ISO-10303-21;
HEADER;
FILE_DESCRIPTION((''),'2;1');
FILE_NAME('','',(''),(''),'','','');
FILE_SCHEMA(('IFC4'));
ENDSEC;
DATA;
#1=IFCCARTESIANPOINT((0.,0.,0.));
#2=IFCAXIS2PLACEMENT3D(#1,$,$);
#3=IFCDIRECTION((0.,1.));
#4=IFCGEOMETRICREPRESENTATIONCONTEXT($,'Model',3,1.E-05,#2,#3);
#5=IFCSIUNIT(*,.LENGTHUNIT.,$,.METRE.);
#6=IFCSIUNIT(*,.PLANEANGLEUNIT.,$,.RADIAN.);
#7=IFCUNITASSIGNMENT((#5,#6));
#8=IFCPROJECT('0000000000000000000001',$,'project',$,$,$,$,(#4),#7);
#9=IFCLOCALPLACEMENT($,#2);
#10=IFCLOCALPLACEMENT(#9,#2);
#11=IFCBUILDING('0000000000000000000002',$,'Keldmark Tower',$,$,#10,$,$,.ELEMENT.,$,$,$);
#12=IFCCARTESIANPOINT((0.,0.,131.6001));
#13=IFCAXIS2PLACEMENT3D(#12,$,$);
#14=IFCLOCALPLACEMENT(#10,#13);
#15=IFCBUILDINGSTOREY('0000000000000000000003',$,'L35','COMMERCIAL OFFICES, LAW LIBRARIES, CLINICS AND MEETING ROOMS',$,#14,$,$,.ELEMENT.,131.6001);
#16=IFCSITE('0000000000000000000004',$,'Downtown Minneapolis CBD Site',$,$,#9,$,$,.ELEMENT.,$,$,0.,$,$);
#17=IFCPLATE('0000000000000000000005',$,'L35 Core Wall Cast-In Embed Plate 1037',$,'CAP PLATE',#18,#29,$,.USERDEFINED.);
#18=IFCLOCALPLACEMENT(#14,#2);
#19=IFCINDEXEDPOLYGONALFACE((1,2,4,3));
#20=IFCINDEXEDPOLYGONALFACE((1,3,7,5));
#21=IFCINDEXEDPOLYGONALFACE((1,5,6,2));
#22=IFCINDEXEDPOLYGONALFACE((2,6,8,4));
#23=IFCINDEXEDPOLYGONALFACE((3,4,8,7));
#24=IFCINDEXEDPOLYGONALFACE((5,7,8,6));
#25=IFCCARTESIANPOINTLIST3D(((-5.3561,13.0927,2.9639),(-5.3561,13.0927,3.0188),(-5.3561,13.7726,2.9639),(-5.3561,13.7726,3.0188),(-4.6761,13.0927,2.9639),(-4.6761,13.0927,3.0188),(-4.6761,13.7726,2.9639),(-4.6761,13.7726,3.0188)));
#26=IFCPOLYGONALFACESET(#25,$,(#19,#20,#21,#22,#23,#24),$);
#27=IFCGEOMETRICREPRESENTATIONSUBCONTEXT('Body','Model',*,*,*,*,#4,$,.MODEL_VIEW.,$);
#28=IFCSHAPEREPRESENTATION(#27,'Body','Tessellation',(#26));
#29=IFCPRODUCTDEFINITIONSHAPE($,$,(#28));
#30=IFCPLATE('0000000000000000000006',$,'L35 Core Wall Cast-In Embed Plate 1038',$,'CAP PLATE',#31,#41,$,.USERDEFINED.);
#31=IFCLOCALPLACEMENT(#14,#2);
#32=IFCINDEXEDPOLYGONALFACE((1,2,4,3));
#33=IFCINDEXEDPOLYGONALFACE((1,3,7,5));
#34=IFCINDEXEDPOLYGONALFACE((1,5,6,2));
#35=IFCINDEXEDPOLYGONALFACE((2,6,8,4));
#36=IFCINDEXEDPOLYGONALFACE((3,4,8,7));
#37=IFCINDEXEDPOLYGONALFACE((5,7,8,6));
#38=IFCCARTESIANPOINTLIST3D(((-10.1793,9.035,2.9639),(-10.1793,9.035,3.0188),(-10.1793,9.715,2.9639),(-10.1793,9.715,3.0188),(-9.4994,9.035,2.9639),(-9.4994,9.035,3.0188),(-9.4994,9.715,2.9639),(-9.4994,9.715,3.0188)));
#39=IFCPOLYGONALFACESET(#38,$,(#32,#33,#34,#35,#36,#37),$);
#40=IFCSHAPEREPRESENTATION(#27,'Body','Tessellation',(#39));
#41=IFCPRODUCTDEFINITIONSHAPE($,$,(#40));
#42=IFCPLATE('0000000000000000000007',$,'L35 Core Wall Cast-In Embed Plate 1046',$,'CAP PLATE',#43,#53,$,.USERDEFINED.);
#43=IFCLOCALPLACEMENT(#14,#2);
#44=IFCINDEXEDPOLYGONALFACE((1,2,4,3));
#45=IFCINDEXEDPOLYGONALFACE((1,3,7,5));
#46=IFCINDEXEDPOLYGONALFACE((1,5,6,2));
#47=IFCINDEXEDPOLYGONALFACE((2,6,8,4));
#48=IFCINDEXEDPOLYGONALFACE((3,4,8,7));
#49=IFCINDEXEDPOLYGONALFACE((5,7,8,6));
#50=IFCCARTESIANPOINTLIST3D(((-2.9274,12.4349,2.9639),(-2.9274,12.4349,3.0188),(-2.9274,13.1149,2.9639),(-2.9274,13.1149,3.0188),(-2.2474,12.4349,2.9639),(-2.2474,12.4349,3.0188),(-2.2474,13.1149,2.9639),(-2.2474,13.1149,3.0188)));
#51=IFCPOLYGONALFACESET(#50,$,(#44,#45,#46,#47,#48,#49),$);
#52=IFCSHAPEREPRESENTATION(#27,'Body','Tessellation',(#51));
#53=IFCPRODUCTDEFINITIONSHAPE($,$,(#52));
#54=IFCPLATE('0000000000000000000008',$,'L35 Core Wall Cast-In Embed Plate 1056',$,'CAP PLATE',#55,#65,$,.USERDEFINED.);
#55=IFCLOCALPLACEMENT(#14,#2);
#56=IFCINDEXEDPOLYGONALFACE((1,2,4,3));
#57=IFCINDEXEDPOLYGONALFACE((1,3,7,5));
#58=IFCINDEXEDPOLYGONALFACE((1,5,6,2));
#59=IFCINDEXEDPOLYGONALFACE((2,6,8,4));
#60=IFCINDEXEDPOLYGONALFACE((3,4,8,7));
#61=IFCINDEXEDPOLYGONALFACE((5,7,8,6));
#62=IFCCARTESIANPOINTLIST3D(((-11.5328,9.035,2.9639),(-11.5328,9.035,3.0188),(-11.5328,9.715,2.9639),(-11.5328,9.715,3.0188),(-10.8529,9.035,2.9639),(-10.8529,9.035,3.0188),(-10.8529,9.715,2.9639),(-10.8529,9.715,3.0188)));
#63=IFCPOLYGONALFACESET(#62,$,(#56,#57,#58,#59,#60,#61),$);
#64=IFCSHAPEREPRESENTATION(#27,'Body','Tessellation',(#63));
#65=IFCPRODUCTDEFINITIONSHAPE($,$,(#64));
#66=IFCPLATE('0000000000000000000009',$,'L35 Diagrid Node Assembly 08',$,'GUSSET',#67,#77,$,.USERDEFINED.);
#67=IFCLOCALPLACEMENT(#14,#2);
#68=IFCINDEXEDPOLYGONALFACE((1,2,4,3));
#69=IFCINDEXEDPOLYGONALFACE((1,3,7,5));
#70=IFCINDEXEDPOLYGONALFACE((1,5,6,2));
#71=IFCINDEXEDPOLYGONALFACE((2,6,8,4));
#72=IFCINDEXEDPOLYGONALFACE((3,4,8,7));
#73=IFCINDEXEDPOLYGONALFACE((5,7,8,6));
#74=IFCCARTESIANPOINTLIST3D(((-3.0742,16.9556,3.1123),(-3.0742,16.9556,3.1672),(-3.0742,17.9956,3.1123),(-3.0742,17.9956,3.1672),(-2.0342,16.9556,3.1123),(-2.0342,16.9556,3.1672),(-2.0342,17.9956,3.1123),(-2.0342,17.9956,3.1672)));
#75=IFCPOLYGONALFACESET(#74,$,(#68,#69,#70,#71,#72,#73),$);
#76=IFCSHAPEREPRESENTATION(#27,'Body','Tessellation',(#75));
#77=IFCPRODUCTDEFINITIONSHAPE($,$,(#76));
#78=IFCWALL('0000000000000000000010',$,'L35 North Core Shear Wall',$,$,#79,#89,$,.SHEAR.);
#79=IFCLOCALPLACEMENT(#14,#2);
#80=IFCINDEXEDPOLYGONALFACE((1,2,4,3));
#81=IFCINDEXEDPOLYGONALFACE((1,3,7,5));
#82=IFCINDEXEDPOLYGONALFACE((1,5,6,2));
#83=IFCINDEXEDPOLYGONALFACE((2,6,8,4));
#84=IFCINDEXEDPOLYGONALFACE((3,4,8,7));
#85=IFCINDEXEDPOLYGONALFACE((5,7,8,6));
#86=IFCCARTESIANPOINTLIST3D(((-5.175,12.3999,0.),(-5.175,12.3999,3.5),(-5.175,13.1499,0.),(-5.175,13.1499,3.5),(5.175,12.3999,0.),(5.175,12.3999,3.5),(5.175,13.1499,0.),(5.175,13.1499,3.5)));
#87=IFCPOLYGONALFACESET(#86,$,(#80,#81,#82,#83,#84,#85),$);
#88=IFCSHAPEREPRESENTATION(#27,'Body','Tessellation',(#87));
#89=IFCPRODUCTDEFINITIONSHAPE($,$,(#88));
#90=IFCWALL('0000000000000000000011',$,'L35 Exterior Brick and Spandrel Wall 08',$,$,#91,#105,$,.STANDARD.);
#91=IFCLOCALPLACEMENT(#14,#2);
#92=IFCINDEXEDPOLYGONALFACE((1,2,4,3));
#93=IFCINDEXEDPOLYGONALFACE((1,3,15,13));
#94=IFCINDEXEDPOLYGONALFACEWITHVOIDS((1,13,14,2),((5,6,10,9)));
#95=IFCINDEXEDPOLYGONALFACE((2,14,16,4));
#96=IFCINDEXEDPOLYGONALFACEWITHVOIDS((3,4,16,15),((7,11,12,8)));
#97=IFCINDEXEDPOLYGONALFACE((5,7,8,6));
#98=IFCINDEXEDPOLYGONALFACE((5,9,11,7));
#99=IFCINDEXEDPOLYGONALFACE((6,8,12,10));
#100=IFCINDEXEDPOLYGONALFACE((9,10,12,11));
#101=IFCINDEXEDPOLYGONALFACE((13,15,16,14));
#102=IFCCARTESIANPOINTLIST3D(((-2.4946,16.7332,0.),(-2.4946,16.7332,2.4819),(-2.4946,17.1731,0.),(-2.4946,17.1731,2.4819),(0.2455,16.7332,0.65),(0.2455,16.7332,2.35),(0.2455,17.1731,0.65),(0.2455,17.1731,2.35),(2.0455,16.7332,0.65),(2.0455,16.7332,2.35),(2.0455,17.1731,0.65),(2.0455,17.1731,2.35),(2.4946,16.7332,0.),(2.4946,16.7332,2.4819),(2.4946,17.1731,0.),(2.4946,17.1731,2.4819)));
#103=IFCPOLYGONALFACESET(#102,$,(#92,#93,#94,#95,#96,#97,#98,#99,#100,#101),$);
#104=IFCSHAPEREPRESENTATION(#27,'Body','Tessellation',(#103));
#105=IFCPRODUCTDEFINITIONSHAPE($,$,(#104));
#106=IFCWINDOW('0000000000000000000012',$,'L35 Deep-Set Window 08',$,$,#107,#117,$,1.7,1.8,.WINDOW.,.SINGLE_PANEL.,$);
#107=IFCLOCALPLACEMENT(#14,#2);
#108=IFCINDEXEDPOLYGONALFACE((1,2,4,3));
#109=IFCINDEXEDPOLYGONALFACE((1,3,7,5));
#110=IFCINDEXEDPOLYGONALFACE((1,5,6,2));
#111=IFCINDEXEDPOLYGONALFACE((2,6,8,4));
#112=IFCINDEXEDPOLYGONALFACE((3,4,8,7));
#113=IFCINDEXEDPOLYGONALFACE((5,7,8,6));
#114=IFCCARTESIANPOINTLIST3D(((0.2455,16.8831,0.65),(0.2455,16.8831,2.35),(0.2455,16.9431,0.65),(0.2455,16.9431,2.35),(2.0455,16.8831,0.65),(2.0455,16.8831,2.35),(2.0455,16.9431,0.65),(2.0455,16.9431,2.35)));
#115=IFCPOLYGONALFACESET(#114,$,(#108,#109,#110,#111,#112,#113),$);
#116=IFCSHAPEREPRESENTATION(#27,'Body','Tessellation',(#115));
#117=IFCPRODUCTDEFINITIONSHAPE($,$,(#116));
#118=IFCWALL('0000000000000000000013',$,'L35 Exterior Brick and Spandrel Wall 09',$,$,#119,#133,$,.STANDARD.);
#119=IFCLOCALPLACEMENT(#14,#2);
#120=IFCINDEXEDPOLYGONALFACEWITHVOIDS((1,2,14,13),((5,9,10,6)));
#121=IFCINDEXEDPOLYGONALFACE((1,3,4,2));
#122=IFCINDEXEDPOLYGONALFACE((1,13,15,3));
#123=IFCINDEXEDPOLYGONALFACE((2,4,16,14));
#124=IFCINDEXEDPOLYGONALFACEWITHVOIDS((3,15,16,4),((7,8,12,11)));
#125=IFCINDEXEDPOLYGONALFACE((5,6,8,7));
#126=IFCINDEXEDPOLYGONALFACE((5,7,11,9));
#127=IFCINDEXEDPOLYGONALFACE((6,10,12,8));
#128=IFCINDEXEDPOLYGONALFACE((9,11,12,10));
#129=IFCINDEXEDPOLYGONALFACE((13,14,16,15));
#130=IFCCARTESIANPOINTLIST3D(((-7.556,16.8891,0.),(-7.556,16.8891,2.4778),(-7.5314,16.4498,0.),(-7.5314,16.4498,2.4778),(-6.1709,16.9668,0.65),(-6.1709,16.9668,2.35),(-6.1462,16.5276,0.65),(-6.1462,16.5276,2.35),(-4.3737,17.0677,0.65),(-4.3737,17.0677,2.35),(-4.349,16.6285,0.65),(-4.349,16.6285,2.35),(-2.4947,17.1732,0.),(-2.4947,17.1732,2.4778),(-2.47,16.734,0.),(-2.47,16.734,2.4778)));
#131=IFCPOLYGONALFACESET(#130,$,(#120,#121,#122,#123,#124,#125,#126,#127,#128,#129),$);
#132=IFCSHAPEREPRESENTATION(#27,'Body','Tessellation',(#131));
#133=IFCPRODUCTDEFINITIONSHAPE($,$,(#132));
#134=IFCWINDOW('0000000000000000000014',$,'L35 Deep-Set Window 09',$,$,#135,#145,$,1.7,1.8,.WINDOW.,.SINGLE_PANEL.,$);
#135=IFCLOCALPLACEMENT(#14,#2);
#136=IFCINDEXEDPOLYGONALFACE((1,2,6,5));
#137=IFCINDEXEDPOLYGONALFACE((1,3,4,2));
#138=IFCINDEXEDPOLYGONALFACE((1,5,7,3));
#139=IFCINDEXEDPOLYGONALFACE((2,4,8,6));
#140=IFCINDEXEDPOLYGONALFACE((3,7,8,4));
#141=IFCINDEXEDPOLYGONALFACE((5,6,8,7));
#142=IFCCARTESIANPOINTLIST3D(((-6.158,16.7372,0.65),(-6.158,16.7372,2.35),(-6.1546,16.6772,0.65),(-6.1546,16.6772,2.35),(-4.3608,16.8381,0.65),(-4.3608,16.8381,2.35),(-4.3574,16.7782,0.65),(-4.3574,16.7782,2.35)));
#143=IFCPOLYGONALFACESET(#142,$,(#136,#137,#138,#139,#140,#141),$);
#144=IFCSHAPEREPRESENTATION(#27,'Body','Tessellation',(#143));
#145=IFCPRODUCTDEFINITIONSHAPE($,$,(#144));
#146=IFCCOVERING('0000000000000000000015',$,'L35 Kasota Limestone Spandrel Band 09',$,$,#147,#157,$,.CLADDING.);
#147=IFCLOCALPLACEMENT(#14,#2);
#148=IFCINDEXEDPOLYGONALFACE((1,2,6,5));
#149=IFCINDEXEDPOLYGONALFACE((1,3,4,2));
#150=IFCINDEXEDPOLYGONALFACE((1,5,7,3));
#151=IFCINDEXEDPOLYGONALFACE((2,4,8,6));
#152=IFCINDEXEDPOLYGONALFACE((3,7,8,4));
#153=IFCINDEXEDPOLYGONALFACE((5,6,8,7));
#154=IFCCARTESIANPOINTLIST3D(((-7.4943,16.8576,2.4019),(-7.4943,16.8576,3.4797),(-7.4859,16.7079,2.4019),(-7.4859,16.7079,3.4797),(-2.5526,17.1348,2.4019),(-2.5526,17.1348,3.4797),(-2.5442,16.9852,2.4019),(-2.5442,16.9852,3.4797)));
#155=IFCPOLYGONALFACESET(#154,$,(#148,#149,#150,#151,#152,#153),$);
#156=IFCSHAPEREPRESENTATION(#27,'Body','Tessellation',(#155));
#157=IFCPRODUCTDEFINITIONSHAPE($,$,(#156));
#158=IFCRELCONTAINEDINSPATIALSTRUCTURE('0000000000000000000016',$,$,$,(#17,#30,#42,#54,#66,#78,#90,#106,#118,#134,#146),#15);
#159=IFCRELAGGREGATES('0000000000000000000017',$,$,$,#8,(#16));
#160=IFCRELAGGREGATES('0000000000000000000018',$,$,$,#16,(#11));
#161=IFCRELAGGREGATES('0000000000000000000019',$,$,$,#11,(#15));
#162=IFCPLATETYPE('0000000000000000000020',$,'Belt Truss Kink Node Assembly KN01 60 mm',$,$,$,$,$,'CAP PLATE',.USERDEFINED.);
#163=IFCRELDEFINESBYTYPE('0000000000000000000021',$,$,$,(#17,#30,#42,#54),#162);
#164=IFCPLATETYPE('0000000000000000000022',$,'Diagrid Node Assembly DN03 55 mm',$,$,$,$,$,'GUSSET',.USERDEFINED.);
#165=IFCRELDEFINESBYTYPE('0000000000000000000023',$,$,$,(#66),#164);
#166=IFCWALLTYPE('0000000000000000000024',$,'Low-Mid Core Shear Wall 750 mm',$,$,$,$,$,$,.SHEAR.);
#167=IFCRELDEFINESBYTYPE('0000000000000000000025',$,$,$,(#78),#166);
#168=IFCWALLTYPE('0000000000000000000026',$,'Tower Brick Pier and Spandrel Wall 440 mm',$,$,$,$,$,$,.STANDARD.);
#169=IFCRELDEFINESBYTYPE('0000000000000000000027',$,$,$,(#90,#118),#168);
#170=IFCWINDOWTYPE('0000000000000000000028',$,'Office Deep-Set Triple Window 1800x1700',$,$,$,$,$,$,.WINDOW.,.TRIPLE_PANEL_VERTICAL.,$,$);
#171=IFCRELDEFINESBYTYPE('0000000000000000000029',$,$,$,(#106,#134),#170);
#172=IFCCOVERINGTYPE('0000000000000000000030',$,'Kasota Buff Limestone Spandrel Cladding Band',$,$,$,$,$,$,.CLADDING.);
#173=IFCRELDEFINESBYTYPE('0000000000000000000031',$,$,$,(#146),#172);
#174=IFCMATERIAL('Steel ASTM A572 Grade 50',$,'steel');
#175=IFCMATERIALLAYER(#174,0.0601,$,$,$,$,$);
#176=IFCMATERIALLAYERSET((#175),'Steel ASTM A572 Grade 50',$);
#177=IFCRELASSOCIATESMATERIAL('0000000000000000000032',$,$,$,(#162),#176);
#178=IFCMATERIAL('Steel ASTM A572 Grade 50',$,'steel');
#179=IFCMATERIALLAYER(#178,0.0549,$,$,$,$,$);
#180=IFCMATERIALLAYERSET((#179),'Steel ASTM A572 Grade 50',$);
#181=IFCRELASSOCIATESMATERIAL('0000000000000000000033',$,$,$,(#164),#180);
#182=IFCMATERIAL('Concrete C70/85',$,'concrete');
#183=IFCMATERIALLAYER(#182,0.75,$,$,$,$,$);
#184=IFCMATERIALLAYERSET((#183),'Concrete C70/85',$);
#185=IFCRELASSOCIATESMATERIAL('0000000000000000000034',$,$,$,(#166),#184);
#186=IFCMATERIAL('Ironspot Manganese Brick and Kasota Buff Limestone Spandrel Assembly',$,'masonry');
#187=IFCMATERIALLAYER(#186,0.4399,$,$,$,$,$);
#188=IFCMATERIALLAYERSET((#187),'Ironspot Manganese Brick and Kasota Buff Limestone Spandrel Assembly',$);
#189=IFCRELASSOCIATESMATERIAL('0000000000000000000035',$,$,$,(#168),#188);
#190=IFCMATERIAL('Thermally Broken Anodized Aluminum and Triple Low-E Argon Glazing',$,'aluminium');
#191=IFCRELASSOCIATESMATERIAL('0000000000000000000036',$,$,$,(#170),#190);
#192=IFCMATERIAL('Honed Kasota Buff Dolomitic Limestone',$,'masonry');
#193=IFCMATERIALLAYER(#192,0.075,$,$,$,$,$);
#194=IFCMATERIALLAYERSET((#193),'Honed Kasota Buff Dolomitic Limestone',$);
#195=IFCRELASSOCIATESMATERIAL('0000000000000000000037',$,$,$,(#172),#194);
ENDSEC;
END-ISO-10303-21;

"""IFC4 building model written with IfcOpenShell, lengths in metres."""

from ifc_helpers import new_model, si_unit, direction, frame, frame_2d, origin, origin_2d, place, context, subcontext, project, spatial, rectangle, extrude, material, layer, layer_set, type_object, element, fill, save


model = new_model("IFC4")

# Units and contexts
model_context = context("Model", 3, precision=1e-05, world=origin(), true_north=direction((0.0, 1.0)))
body_context = subcontext(model_context, "Body", "Model", "MODEL_VIEW")
ifc_project = project(units=[si_unit("LENGTHUNIT", "METRE"), si_unit("PLANEANGLEUNIT", "RADIAN")], contexts=[model_context])

# Site, building, storey
site_placement = place(None, origin())
site = spatial("IfcSite", under=ifc_project, at=site_placement, Name="Downtown Minneapolis CBD Site", CompositionType="ELEMENT", RefElevation=0.0)
building_placement = place(site_placement, origin())
building = spatial("IfcBuilding", under=site, at=building_placement, Name="Keldmark Tower", CompositionType="ELEMENT")
storey_placement = place(building_placement, frame((0.0, 0.0, 131.6001)))
storey = spatial("IfcBuildingStorey", under=building, at=storey_placement, Name="L35", Description="COMMERCIAL OFFICES, LAW LIBRARIES, CLINICS AND MEETING ROOMS", CompositionType="ELEMENT", Elevation=131.6001)

# Plates
ifc_material_1 = material(Name="Steel ASTM A572 Grade 50", Category="steel")
ifc_layer_1 = layer(ifc_material_1, 0.0601)
ifc_layer_set_1 = layer_set([ifc_layer_1], Name="Steel ASTM A572 Grade 50")
plate_type_1 = type_object("IfcPlateType", Name="Belt Truss Kink Node Assembly KN01 60 mm", ElementType="CAP PLATE", PredefinedType="USERDEFINED", material=ifc_layer_set_1)
for number, where, z_axis, x_axis, name in (
    (1, (-5.0161, 13.4326, 2.9639), (0.0, 0.0, 1.0), (1.0, 0.0, 0.0), "L35 Core Wall Cast-In Embed Plate 1037"),
    (2, (-9.8394, 9.375, 2.9639), (0.0, 0.0, 1.0), (1.0, 0.0, 0.0), "L35 Core Wall Cast-In Embed Plate 1038"),
    (3, (-2.5874, 12.7749, 2.9639), (0.0, 0.0, 1.0), (1.0, 0.0, 0.0), "L35 Core Wall Cast-In Embed Plate 1046"),
    (4, (-11.1929, 9.375, 2.9639), (0.0, 0.0, 1.0), (1.0, 0.0, 0.0), "L35 Core Wall Cast-In Embed Plate 1056"),
):
    element("IfcPlate", number, at=place(storey_placement, frame(where, z_axis=z_axis, x_axis=x_axis)), inside=storey, type_object=plate_type_1, Name=name, ObjectType="CAP PLATE", PredefinedType="USERDEFINED", context=body_context, shape_type="SweptSolid", body=[
        extrude(rectangle(XDim=0.6799, YDim=0.6799, at=origin_2d()), origin(), (0.0, 0.0, 1.0), 0.0549),
    ])
ifc_material_2 = material(Name="Steel ASTM A572 Grade 50", Category="steel")
ifc_layer_2 = layer(ifc_material_2, 0.0549)
ifc_layer_set_2 = layer_set([ifc_layer_2], Name="Steel ASTM A572 Grade 50")
plate_type_2 = type_object("IfcPlateType", Name="Diagrid Node Assembly DN03 55 mm", ElementType="GUSSET", PredefinedType="USERDEFINED", material=ifc_layer_set_2)
plate_placement = place(storey_placement, frame((-2.5542, 17.4756, 3.1123), z_axis=(0.0, 0.0, 1.0), x_axis=(-1.0, 0.0, 0.0)))
element("IfcPlate", 5, at=plate_placement, inside=storey, type_object=plate_type_2, Name="L35 Diagrid Node Assembly 08", ObjectType="GUSSET", PredefinedType="USERDEFINED", context=body_context, shape_type="SweptSolid", body=[
    extrude(rectangle(XDim=1.04, YDim=1.04, at=origin_2d()), origin(), (0.0, 0.0, 1.0), 0.0549),
])

# Wall
ifc_material_3 = material(Name="Concrete C70/85", Category="concrete")
ifc_layer_3 = layer(ifc_material_3, 0.75)
ifc_layer_set_3 = layer_set([ifc_layer_3], Name="Concrete C70/85")
wall_type_1 = type_object("IfcWallType", Name="Low-Mid Core Shear Wall 750 mm", PredefinedType="SHEAR", material=ifc_layer_set_3)
wall_1_placement = place(storey_placement, frame((-5.175, 12.7749, 0.0), z_axis=(0.0, 0.0, 1.0), x_axis=(1.0, 0.0, 0.0)))
element("IfcWall", 6, at=wall_1_placement, inside=storey, type_object=wall_type_1, Name="L35 North Core Shear Wall", PredefinedType="SHEAR", context=body_context, shape_type="SweptSolid", body=[
    extrude(rectangle(XDim=10.3501, YDim=0.75, at=frame_2d((5.175, 0.0))), origin(), (0.0, 0.0, 1.0), 3.5),
])

# Walls, openings, windows
ifc_material_4 = material(Name="Ironspot Manganese Brick and Kasota Buff Limestone Spandrel Assembly", Category="masonry")
ifc_layer_4 = layer(ifc_material_4, 0.4399)
ifc_layer_set_4 = layer_set([ifc_layer_4], Name="Ironspot Manganese Brick and Kasota Buff Limestone Spandrel Assembly")
wall_type_2 = type_object("IfcWallType", Name="Tower Brick Pier and Spandrel Wall 440 mm", PredefinedType="STANDARD", material=ifc_layer_set_4)
wall_2_placement = place(storey_placement, frame((-2.4946, 16.9531, 0.0), z_axis=(0.0, 0.0, 1.0), x_axis=(1.0, 0.0, 0.0)))
wall_2 = element("IfcWall", 7, at=wall_2_placement, inside=storey, type_object=wall_type_2, Name="L35 Exterior Brick and Spandrel Wall 08", PredefinedType="STANDARD", context=body_context, shape_type="SweptSolid", body=[
    extrude(rectangle(XDim=4.9893, YDim=0.4399, at=frame_2d((2.4946, 0.0))), origin(), (0.0, 0.0, 1.0), 2.4819),
])
opening_1_placement = place(wall_2_placement, frame((2.7402, 0.0, 0.6499)))
opening_1 = element("IfcOpeningElement", 8, at=opening_1_placement, cuts=wall_2, PredefinedType="OPENING", context=body_context, shape_type="SweptSolid", body=[
    extrude(rectangle(XDim=1.8, YDim=1.7, at=frame_2d((0.8999, 0.8501))), frame((0.0, 0.23, 0.0), z_axis=(0.0, -1.0, 0.0), x_axis=(1.0, 0.0, 0.0)), (0.0, 0.0, 1.0), 0.46),
])
ifc_material_5 = material(Name="Thermally Broken Anodized Aluminum and Triple Low-E Argon Glazing", Category="aluminium")
window_type = type_object("IfcWindowType", Name="Office Deep-Set Triple Window 1800x1700", PartitioningType="TRIPLE_PANEL_VERTICAL", PredefinedType="WINDOW", material=ifc_material_5)
window_1_placement = place(opening_1_placement, origin())
window_1 = element("IfcWindow", 9, at=window_1_placement, inside=storey, type_object=window_type, Name="L35 Deep-Set Window 08", OverallHeight=1.7, OverallWidth=1.8, PartitioningType="SINGLE_PANEL", PredefinedType="WINDOW", context=body_context, shape_type="SweptSolid", body=[
    extrude(rectangle(XDim=1.8, YDim=1.7, at=frame_2d((0.8999, 0.8501))), frame((0.0, -0.01, 0.0), z_axis=(0.0, -1.0, 0.0), x_axis=(1.0, 0.0, 0.0)), (0.0, 0.0, 1.0), 0.0601),
])
fill(opening_1, window_1)
wall_3_placement = place(storey_placement, frame((-7.5437, 16.6694, 0.0), z_axis=(0.0, 0.0, 1.0), x_axis=(0.998427, 0.05606, 0.0)))
wall_3 = element("IfcWall", 10, at=wall_3_placement, inside=storey, type_object=wall_type_2, Name="L35 Exterior Brick and Spandrel Wall 09", PredefinedType="STANDARD", context=body_context, shape_type="SweptSolid", body=[
    extrude(rectangle(XDim=5.0693, YDim=0.4399, at=frame_2d((2.5347, 0.0))), origin(), (0.0, 0.0, 1.0), 2.4778),
])
opening_2_placement = place(wall_3_placement, frame((1.3875, 0.0, 0.6499)))
opening_2 = element("IfcOpeningElement", 11, at=opening_2_placement, cuts=wall_3, PredefinedType="OPENING", context=body_context, shape_type="SweptSolid", body=[
    extrude(rectangle(XDim=1.8, YDim=1.7, at=frame_2d((0.8999, 0.8501))), frame((0.0, 0.23, 0.0), z_axis=(0.0, -1.0, 0.0), x_axis=(1.0, 0.0, 0.0)), (0.0, 0.0, 1.0), 0.46),
])
window_2_placement = place(opening_2_placement, origin())
window_2 = element("IfcWindow", 12, at=window_2_placement, inside=storey, type_object=window_type, Name="L35 Deep-Set Window 09", OverallHeight=1.7, OverallWidth=1.8, PartitioningType="SINGLE_PANEL", PredefinedType="WINDOW", context=body_context, shape_type="SweptSolid", body=[
    extrude(rectangle(XDim=1.8, YDim=1.7, at=frame_2d((0.8999, 0.8501))), frame((0.0, -0.01, 0.0), z_axis=(0.0, -1.0, 0.0), x_axis=(1.0, 0.0, 0.0)), (0.0, 0.0, 1.0), 0.0601),
])
fill(opening_2, window_2)

# Covering
ifc_material_6 = material(Name="Honed Kasota Buff Dolomitic Limestone", Category="masonry")
ifc_layer_5 = layer(ifc_material_6, 0.075)
ifc_layer_set_5 = layer_set([ifc_layer_5], Name="Honed Kasota Buff Dolomitic Limestone")
covering_type = type_object("IfcCoveringType", Name="Kasota Buff Limestone Spandrel Cladding Band", PredefinedType="CLADDING", material=ifc_layer_set_5)
covering_placement = place(storey_placement, frame((-5.0193, 16.9214, 2.4019), z_axis=(0.0, 0.0, 1.0), x_axis=(-0.99843, -0.056013, 0.0)))
element("IfcCovering", 13, at=covering_placement, inside=storey, type_object=covering_type, Name="L35 Kasota Limestone Spandrel Band 09", PredefinedType="CLADDING", context=body_context, shape_type="SweptSolid", body=[
    extrude(rectangle(XDim=4.9495, YDim=0.1499, at=origin_2d()), origin(), (0.0, 0.0, 1.0), 1.0779),
])

save(model, "model.ifc")
